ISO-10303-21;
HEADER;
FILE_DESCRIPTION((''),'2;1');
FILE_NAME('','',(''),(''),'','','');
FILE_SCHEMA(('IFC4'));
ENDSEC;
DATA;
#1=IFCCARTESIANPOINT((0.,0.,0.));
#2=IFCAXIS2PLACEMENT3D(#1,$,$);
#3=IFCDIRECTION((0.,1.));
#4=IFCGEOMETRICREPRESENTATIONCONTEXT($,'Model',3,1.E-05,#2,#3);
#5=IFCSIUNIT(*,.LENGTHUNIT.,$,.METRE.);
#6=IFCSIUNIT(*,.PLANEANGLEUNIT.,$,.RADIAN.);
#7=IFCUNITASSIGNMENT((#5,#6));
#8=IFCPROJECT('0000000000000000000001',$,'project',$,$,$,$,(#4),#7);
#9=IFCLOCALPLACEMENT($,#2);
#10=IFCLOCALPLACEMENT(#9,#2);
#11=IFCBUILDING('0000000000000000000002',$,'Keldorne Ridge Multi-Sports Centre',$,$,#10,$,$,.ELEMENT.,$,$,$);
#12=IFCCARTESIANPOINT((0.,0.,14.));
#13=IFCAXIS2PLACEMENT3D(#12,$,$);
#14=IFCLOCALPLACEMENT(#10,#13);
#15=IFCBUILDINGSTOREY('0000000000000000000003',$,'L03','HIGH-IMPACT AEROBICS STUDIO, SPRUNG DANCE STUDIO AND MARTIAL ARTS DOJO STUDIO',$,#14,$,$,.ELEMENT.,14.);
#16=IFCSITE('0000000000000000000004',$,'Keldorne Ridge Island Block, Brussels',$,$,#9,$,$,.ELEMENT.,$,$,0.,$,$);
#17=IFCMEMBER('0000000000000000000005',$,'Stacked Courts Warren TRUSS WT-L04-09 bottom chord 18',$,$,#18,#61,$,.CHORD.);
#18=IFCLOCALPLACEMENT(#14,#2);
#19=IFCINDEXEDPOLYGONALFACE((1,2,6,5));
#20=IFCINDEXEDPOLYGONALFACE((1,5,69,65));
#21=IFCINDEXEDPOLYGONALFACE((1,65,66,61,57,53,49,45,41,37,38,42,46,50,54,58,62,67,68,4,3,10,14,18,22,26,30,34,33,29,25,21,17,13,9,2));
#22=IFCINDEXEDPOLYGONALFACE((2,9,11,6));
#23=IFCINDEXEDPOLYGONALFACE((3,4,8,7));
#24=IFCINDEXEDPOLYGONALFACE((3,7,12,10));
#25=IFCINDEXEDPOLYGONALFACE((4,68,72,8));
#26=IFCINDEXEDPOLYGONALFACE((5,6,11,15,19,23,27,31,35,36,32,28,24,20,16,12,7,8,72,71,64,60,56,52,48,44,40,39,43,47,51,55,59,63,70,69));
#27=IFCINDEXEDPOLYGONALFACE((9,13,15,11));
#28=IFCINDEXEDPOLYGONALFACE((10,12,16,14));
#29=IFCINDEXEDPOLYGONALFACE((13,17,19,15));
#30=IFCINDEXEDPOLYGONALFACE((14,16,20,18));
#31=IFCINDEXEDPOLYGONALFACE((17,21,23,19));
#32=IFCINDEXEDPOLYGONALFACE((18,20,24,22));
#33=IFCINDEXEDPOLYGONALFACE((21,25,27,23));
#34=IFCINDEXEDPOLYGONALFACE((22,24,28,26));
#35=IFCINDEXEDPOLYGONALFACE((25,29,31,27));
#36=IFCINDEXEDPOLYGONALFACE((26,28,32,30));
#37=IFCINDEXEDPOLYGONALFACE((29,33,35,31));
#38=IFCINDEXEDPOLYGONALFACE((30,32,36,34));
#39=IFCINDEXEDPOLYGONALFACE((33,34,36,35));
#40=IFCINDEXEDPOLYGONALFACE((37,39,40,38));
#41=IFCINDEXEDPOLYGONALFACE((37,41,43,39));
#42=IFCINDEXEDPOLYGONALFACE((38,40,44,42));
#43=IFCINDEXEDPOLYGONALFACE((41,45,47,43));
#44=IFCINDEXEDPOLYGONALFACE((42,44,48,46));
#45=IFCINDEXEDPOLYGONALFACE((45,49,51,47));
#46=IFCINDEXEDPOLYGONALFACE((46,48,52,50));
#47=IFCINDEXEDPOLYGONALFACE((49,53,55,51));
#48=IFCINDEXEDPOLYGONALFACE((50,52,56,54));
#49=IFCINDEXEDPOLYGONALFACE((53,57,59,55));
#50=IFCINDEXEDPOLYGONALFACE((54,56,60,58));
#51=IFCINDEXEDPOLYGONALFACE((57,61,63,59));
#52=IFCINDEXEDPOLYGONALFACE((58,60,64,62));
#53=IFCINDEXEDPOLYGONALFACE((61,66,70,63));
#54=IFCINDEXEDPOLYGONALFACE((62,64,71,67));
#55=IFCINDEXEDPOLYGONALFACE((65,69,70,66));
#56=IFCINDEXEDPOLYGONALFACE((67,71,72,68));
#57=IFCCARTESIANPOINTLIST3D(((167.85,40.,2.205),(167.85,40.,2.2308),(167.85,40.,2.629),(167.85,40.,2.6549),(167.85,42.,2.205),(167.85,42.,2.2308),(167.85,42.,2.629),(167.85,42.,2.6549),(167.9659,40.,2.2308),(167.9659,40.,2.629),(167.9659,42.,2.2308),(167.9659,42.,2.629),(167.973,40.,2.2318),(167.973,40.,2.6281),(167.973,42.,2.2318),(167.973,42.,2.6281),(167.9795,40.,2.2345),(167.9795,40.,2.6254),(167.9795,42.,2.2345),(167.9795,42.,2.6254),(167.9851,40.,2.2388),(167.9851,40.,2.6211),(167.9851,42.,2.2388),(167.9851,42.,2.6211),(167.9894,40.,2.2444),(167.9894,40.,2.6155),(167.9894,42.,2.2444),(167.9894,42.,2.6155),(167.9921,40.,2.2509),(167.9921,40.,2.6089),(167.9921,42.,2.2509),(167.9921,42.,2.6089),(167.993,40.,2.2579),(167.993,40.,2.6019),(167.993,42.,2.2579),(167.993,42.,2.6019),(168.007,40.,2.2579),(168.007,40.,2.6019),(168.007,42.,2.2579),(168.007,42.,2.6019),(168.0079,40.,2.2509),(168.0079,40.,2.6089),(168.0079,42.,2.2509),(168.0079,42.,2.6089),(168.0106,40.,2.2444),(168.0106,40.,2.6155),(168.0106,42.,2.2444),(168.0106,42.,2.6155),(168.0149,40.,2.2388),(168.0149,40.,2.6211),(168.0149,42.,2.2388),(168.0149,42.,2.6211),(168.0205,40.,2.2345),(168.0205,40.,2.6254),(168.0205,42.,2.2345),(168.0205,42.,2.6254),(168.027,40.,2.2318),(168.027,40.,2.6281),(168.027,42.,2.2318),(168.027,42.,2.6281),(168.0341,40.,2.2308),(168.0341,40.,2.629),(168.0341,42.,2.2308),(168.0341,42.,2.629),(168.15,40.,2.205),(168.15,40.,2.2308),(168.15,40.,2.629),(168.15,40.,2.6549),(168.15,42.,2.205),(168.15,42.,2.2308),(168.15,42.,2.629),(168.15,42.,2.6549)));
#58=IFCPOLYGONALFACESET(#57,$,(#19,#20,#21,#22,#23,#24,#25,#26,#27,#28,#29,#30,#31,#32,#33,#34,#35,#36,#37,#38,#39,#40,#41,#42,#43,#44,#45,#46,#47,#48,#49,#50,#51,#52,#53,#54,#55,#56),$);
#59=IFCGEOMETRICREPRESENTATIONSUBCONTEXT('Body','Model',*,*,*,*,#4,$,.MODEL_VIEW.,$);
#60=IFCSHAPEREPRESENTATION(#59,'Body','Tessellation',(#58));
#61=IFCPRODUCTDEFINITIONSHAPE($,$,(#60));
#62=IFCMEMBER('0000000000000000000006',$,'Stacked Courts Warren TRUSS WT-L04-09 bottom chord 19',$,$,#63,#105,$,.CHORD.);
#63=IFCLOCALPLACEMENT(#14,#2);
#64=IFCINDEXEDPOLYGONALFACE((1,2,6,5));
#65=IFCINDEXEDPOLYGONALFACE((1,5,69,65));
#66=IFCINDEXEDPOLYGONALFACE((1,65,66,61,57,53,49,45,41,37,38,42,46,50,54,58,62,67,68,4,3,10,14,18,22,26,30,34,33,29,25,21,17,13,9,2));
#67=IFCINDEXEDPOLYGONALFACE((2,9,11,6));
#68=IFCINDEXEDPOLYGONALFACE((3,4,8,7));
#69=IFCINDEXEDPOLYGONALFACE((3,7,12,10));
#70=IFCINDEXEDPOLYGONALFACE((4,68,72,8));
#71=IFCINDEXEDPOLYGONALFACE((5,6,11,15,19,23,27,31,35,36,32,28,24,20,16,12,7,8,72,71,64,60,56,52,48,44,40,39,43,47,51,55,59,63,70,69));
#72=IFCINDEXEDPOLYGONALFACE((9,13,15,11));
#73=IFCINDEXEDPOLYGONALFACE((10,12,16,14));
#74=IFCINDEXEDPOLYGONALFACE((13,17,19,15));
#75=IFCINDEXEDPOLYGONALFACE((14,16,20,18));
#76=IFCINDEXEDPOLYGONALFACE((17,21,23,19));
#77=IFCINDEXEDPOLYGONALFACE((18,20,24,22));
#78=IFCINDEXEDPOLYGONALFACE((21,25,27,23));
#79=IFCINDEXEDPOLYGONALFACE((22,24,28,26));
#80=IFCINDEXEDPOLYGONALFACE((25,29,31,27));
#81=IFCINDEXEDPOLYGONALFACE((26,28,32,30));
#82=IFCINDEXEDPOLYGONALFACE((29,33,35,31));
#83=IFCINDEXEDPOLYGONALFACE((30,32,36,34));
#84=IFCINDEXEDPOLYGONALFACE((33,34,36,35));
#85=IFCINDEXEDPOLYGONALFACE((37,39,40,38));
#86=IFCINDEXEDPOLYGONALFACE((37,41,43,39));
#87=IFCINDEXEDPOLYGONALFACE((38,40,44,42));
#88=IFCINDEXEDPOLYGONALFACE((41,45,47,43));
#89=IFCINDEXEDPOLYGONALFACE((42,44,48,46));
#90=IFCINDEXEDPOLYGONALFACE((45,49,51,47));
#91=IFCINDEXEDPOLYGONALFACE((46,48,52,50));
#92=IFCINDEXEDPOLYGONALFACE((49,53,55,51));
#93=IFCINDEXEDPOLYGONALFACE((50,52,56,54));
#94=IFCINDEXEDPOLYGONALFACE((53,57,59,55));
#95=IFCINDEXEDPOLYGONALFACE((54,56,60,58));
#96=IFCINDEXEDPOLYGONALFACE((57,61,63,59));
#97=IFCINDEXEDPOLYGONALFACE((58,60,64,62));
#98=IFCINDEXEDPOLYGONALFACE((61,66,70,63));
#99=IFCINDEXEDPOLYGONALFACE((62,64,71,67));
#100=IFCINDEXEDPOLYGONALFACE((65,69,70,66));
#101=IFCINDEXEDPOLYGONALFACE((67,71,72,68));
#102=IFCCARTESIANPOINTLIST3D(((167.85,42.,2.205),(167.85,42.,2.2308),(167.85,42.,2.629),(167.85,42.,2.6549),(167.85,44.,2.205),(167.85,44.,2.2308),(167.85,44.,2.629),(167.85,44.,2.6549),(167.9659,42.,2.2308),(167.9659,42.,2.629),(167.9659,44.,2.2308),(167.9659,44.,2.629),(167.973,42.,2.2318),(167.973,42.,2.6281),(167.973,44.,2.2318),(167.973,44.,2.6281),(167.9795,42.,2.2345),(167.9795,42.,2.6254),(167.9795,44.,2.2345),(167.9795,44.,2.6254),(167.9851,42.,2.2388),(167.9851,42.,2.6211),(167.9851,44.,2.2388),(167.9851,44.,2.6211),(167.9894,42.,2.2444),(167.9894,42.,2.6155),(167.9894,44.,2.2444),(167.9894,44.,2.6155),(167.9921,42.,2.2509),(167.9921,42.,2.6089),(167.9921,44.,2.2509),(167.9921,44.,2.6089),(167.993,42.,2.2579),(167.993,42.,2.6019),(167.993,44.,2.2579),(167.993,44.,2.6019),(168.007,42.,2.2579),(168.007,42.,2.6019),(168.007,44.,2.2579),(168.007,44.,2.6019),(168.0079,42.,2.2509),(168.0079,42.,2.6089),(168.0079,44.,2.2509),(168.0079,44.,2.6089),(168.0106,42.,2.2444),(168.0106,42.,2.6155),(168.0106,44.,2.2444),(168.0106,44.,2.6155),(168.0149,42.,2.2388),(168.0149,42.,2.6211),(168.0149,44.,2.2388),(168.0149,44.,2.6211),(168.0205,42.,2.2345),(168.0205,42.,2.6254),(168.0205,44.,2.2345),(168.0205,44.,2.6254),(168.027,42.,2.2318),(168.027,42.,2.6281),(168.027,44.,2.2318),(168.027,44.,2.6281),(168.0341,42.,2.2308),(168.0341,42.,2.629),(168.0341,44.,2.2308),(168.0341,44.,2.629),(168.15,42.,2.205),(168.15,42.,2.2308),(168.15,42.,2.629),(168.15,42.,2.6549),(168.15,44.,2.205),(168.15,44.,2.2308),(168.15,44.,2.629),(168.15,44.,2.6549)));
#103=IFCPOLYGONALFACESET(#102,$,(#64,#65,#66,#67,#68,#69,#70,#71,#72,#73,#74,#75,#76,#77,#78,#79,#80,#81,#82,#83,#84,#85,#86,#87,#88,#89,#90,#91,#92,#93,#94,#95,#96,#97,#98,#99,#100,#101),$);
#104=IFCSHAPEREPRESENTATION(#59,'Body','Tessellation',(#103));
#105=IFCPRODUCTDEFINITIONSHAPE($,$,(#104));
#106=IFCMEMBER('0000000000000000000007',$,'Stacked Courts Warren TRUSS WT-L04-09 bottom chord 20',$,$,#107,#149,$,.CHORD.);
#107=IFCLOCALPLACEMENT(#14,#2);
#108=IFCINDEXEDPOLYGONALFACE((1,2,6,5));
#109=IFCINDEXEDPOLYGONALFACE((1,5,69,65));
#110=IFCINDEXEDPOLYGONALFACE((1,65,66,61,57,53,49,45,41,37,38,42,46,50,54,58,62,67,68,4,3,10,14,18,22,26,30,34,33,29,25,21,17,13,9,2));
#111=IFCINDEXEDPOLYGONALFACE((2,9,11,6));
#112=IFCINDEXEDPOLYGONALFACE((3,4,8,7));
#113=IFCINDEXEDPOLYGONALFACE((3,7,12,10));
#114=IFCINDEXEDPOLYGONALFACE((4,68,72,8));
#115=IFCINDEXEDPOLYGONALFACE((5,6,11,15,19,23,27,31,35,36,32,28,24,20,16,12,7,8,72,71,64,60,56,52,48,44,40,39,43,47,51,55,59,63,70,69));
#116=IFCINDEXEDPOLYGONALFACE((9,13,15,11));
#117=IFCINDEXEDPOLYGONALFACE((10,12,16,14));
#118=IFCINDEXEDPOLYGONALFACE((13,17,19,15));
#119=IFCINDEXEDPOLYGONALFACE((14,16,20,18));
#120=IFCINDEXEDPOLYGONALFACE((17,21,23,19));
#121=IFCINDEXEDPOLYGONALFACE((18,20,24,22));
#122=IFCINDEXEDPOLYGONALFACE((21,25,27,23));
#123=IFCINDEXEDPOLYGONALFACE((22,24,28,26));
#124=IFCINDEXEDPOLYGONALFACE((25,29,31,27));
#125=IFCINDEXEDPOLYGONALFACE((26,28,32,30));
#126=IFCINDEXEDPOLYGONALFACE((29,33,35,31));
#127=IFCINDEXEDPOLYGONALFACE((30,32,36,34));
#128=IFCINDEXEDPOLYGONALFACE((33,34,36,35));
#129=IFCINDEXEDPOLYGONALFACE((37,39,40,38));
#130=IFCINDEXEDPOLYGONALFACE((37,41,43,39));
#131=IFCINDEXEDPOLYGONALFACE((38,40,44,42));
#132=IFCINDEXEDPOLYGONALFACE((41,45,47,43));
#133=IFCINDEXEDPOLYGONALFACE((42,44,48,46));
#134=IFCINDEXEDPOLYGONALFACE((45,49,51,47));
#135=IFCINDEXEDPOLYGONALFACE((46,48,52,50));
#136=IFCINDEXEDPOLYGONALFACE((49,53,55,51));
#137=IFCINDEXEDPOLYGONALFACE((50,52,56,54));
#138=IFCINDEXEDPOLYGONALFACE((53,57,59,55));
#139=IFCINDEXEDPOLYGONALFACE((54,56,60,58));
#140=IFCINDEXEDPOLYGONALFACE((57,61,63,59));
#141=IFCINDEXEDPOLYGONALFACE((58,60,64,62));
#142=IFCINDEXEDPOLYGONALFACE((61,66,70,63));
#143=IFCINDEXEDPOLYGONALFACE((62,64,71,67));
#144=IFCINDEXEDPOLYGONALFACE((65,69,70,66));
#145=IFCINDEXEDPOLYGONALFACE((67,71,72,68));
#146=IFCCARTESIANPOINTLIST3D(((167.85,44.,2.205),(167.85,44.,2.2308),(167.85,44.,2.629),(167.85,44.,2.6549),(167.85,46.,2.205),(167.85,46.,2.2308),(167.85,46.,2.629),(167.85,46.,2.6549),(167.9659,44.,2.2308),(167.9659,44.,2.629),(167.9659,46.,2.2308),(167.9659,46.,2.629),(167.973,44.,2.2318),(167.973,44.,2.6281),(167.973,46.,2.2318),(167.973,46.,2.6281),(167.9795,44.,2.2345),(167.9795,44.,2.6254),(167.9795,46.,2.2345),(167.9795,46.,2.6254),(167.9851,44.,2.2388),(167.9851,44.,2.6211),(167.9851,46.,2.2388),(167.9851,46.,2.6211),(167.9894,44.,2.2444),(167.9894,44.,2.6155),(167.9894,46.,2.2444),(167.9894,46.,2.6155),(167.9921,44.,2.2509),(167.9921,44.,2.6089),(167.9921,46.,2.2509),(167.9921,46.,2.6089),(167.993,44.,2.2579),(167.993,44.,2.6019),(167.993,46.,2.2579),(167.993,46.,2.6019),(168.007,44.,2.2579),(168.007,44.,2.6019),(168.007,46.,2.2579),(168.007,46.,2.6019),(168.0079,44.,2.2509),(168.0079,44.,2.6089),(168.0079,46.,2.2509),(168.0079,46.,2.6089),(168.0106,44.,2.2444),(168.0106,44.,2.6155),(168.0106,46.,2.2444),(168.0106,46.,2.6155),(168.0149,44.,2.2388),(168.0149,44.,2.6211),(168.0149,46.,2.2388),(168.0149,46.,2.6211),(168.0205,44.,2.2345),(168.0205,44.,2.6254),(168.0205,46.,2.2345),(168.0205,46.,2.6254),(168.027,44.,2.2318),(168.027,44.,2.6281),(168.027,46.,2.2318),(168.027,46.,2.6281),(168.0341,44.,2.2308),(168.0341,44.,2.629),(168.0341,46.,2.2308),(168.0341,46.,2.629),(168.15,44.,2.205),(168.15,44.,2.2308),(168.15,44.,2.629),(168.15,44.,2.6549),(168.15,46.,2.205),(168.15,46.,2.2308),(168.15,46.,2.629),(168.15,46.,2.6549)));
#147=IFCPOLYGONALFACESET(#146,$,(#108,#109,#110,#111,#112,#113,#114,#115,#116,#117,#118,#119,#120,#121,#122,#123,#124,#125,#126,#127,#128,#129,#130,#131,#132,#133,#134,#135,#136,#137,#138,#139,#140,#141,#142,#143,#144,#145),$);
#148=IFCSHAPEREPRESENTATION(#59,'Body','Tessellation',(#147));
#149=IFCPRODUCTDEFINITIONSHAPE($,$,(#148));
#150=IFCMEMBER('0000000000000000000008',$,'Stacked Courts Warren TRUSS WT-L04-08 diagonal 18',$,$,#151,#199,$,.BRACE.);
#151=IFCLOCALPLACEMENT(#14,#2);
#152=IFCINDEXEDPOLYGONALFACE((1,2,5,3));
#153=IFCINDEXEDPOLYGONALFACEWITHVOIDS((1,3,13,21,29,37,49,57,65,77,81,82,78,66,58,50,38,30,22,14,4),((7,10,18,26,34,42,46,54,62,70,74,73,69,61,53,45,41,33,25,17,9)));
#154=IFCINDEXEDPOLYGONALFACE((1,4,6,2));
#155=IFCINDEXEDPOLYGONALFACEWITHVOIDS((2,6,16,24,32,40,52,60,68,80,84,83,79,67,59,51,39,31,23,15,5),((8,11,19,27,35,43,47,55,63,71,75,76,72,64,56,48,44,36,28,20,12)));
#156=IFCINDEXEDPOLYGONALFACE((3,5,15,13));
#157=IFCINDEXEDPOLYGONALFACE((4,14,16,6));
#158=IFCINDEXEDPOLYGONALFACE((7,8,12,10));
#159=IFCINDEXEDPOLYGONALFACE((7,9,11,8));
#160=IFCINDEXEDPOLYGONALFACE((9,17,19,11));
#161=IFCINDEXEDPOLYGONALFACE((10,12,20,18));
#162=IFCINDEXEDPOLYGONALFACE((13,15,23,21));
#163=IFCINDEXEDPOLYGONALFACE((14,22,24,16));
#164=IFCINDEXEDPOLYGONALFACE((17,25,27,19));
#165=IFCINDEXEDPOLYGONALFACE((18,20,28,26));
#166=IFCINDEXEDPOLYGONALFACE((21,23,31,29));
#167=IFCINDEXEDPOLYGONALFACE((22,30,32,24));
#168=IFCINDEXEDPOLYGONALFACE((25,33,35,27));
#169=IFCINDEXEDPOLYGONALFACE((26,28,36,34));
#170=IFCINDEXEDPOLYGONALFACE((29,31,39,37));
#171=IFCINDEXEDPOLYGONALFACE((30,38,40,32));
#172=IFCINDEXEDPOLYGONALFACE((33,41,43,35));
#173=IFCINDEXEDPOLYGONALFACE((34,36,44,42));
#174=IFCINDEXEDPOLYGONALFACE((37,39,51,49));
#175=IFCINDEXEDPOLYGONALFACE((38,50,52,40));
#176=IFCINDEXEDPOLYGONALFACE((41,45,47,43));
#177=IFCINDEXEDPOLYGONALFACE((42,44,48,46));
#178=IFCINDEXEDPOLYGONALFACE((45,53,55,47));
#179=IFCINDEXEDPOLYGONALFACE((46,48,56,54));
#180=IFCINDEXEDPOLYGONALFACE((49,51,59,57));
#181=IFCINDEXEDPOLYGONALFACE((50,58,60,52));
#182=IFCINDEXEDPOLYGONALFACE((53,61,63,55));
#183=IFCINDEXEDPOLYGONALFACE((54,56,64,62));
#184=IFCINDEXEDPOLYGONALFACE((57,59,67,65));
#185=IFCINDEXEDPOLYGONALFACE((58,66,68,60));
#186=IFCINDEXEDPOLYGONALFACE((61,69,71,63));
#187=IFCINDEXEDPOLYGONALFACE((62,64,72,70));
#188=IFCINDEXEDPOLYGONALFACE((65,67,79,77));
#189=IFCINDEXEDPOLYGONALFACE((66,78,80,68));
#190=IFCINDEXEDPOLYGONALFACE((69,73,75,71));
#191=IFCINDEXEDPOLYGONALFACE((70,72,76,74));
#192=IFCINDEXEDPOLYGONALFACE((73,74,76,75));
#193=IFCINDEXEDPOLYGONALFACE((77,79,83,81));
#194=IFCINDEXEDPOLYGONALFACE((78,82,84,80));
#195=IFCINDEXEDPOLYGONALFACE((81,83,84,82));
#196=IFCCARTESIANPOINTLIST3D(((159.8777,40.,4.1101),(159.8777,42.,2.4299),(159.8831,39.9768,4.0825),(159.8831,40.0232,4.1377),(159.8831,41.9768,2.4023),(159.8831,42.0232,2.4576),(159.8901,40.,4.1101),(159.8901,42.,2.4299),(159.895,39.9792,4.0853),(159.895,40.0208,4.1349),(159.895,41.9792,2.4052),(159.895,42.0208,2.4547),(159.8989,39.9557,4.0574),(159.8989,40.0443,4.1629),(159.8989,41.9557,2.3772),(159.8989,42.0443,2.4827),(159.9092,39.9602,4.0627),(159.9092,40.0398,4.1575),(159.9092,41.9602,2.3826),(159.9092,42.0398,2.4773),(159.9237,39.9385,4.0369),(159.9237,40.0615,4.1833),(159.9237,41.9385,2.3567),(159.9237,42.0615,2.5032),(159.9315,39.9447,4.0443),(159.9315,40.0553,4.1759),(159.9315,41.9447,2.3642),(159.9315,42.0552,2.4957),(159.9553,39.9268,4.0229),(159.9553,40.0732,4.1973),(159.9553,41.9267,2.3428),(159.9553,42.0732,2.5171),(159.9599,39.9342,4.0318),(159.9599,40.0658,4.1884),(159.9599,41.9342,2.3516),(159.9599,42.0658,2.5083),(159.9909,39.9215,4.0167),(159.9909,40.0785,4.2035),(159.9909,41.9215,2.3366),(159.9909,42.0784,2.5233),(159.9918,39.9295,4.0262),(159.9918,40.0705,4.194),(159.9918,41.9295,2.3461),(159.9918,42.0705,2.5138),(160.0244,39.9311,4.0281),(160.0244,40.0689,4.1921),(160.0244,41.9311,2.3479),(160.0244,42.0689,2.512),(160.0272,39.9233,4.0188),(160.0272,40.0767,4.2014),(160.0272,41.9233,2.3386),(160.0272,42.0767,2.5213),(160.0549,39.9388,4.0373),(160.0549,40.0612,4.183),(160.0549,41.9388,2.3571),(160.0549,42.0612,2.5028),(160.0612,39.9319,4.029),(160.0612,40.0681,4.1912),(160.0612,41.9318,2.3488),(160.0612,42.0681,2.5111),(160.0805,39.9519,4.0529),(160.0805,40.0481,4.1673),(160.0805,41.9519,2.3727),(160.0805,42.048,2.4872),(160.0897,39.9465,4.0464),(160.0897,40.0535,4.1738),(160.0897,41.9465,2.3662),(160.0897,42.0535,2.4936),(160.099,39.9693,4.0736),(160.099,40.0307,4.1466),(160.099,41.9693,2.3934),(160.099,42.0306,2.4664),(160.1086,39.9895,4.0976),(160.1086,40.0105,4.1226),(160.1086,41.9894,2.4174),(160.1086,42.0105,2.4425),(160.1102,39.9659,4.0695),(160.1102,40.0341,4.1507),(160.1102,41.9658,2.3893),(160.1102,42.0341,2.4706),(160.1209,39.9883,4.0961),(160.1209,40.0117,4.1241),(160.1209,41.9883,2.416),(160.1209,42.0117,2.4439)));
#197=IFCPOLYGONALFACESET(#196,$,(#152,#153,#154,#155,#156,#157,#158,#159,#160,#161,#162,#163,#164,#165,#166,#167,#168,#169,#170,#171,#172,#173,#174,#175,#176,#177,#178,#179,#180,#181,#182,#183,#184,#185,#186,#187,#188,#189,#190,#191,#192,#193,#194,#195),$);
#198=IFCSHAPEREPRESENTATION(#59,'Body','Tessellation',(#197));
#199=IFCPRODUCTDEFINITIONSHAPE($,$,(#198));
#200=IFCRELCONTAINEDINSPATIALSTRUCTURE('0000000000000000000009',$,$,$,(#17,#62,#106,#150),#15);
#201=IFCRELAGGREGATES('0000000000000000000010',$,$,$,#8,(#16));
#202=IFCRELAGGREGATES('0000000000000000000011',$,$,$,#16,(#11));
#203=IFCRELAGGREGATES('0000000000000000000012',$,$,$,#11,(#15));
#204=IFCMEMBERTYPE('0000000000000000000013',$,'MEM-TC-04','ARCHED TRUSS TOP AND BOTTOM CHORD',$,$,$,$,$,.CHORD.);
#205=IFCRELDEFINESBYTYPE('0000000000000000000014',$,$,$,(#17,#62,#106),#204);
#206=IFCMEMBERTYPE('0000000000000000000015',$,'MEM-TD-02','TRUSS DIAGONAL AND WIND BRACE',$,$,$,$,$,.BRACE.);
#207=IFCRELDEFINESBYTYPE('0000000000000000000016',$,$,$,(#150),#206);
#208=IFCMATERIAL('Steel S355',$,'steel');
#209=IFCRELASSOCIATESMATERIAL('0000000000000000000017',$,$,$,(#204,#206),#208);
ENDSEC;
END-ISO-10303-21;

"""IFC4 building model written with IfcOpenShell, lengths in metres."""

from ifc_helpers import new_model, si_unit, direction, frame, origin, origin_2d, place, context, subcontext, project, spatial, hollow_circle, i_section, extrude, material, material_profile, profile_set, type_object, element, save


model = new_model("IFC4")

# Units and contexts
model_context = context("Model", 3, precision=1e-05, world=origin(), true_north=direction((0.0, 1.0)))
body_context = subcontext(model_context, "Body", "Model", "MODEL_VIEW")
ifc_project = project(units=[si_unit("LENGTHUNIT", "METRE"), si_unit("PLANEANGLEUNIT", "RADIAN")], contexts=[model_context])

# Site, building, storey
site_placement = place(None, origin())
site = spatial("IfcSite", under=ifc_project, at=site_placement, Name="Keldorne Ridge Island Block, Brussels", CompositionType="ELEMENT", RefElevation=0.0)
building_placement = place(site_placement, origin())
building = spatial("IfcBuilding", under=site, at=building_placement, Name="Keldorne Ridge Multi-Sports Centre", CompositionType="ELEMENT")
storey_placement = place(building_placement, frame((0.0, 0.0, 14.0)))
storey = spatial("IfcBuildingStorey", under=building, at=storey_placement, Name="L03", Description="HIGH-IMPACT AEROBICS STUDIO, SPRUNG DANCE STUDIO AND MARTIAL ARTS DOJO STUDIO", CompositionType="ELEMENT", Elevation=14.0)

# Shared definitions
ifc_material_1 = material(Name="Steel S355", Category="steel")

# Members
ifc_material_profile_1 = material_profile(ifc_material_1, i_section(OverallWidth=0.3, OverallDepth=0.45, WebThickness=0.0139, FlangeThickness=0.0259, FilletRadius=0.0271, at=origin_2d()), Name="HEB 450")
ifc_profile_set_1 = profile_set([ifc_material_profile_1], Name="Steel S355")
member_type_1 = type_object("IfcMemberType", Name="MEM-TC-04", Description="ARCHED TRUSS TOP AND BOTTOM CHORD", PredefinedType="CHORD", material=ifc_profile_set_1)
for number, where, z_axis, x_axis, name in (
    (1, (168.0, 40.0, 2.4299), (0.0, 1.0, 0.0), (-1.0, 0.0, 0.0), "Stacked Courts Warren TRUSS WT-L04-09 bottom chord 18"),
    (2, (168.0, 42.0, 2.4299), (0.0, 1.0, 0.0), (-1.0, 0.0, 0.0), "Stacked Courts Warren TRUSS WT-L04-09 bottom chord 19"),
    (3, (168.0, 44.0, 2.4299), (0.0, 1.0, 0.0), (-1.0, 0.0, 0.0), "Stacked Courts Warren TRUSS WT-L04-09 bottom chord 20"),
):
    element("IfcMember", number, at=place(storey_placement, frame(where, z_axis=z_axis, x_axis=x_axis)), inside=storey, type_object=member_type_1, Name=name, PredefinedType="CHORD", context=body_context, shape_type="SweptSolid", body=[
        extrude(i_section(OverallWidth=0.3, OverallDepth=0.45, WebThickness=0.0139, FlangeThickness=0.0259, FilletRadius=0.0271, at=origin_2d()), origin(), (0.0, 0.0, 1.0), 2.0),
    ])
ifc_material_profile_2 = material_profile(ifc_material_1, hollow_circle(Radius=0.1223, WallThickness=0.0125, at=origin_2d()), Name="CHS 244.5x12.5")
ifc_profile_set_2 = profile_set([ifc_material_profile_2], Name="Steel S355")
member_type_2 = type_object("IfcMemberType", Name="MEM-TD-02", Description="TRUSS DIAGONAL AND WIND BRACE", PredefinedType="BRACE", material=ifc_profile_set_2)
for number, where, z_axis, x_axis, name in (
    (4, (160.0, 40.0, 4.1101), (0.0, 0.765672, -0.643232), (-1.0, 0.0, 0.0), "Stacked Courts Warren TRUSS WT-L04-08 diagonal 18"),
):
    element("IfcMember", number, at=place(storey_placement, frame(where, z_axis=z_axis, x_axis=x_axis)), inside=storey, type_object=member_type_2, Name=name, PredefinedType="BRACE", context=body_context, shape_type="SweptSolid", body=[
        extrude(hollow_circle(Radius=0.1223, WallThickness=0.0125, at=origin_2d()), origin(), (0.0, 0.0, 1.0), 2.6121),
    ])

save(model, "model.ifc")
